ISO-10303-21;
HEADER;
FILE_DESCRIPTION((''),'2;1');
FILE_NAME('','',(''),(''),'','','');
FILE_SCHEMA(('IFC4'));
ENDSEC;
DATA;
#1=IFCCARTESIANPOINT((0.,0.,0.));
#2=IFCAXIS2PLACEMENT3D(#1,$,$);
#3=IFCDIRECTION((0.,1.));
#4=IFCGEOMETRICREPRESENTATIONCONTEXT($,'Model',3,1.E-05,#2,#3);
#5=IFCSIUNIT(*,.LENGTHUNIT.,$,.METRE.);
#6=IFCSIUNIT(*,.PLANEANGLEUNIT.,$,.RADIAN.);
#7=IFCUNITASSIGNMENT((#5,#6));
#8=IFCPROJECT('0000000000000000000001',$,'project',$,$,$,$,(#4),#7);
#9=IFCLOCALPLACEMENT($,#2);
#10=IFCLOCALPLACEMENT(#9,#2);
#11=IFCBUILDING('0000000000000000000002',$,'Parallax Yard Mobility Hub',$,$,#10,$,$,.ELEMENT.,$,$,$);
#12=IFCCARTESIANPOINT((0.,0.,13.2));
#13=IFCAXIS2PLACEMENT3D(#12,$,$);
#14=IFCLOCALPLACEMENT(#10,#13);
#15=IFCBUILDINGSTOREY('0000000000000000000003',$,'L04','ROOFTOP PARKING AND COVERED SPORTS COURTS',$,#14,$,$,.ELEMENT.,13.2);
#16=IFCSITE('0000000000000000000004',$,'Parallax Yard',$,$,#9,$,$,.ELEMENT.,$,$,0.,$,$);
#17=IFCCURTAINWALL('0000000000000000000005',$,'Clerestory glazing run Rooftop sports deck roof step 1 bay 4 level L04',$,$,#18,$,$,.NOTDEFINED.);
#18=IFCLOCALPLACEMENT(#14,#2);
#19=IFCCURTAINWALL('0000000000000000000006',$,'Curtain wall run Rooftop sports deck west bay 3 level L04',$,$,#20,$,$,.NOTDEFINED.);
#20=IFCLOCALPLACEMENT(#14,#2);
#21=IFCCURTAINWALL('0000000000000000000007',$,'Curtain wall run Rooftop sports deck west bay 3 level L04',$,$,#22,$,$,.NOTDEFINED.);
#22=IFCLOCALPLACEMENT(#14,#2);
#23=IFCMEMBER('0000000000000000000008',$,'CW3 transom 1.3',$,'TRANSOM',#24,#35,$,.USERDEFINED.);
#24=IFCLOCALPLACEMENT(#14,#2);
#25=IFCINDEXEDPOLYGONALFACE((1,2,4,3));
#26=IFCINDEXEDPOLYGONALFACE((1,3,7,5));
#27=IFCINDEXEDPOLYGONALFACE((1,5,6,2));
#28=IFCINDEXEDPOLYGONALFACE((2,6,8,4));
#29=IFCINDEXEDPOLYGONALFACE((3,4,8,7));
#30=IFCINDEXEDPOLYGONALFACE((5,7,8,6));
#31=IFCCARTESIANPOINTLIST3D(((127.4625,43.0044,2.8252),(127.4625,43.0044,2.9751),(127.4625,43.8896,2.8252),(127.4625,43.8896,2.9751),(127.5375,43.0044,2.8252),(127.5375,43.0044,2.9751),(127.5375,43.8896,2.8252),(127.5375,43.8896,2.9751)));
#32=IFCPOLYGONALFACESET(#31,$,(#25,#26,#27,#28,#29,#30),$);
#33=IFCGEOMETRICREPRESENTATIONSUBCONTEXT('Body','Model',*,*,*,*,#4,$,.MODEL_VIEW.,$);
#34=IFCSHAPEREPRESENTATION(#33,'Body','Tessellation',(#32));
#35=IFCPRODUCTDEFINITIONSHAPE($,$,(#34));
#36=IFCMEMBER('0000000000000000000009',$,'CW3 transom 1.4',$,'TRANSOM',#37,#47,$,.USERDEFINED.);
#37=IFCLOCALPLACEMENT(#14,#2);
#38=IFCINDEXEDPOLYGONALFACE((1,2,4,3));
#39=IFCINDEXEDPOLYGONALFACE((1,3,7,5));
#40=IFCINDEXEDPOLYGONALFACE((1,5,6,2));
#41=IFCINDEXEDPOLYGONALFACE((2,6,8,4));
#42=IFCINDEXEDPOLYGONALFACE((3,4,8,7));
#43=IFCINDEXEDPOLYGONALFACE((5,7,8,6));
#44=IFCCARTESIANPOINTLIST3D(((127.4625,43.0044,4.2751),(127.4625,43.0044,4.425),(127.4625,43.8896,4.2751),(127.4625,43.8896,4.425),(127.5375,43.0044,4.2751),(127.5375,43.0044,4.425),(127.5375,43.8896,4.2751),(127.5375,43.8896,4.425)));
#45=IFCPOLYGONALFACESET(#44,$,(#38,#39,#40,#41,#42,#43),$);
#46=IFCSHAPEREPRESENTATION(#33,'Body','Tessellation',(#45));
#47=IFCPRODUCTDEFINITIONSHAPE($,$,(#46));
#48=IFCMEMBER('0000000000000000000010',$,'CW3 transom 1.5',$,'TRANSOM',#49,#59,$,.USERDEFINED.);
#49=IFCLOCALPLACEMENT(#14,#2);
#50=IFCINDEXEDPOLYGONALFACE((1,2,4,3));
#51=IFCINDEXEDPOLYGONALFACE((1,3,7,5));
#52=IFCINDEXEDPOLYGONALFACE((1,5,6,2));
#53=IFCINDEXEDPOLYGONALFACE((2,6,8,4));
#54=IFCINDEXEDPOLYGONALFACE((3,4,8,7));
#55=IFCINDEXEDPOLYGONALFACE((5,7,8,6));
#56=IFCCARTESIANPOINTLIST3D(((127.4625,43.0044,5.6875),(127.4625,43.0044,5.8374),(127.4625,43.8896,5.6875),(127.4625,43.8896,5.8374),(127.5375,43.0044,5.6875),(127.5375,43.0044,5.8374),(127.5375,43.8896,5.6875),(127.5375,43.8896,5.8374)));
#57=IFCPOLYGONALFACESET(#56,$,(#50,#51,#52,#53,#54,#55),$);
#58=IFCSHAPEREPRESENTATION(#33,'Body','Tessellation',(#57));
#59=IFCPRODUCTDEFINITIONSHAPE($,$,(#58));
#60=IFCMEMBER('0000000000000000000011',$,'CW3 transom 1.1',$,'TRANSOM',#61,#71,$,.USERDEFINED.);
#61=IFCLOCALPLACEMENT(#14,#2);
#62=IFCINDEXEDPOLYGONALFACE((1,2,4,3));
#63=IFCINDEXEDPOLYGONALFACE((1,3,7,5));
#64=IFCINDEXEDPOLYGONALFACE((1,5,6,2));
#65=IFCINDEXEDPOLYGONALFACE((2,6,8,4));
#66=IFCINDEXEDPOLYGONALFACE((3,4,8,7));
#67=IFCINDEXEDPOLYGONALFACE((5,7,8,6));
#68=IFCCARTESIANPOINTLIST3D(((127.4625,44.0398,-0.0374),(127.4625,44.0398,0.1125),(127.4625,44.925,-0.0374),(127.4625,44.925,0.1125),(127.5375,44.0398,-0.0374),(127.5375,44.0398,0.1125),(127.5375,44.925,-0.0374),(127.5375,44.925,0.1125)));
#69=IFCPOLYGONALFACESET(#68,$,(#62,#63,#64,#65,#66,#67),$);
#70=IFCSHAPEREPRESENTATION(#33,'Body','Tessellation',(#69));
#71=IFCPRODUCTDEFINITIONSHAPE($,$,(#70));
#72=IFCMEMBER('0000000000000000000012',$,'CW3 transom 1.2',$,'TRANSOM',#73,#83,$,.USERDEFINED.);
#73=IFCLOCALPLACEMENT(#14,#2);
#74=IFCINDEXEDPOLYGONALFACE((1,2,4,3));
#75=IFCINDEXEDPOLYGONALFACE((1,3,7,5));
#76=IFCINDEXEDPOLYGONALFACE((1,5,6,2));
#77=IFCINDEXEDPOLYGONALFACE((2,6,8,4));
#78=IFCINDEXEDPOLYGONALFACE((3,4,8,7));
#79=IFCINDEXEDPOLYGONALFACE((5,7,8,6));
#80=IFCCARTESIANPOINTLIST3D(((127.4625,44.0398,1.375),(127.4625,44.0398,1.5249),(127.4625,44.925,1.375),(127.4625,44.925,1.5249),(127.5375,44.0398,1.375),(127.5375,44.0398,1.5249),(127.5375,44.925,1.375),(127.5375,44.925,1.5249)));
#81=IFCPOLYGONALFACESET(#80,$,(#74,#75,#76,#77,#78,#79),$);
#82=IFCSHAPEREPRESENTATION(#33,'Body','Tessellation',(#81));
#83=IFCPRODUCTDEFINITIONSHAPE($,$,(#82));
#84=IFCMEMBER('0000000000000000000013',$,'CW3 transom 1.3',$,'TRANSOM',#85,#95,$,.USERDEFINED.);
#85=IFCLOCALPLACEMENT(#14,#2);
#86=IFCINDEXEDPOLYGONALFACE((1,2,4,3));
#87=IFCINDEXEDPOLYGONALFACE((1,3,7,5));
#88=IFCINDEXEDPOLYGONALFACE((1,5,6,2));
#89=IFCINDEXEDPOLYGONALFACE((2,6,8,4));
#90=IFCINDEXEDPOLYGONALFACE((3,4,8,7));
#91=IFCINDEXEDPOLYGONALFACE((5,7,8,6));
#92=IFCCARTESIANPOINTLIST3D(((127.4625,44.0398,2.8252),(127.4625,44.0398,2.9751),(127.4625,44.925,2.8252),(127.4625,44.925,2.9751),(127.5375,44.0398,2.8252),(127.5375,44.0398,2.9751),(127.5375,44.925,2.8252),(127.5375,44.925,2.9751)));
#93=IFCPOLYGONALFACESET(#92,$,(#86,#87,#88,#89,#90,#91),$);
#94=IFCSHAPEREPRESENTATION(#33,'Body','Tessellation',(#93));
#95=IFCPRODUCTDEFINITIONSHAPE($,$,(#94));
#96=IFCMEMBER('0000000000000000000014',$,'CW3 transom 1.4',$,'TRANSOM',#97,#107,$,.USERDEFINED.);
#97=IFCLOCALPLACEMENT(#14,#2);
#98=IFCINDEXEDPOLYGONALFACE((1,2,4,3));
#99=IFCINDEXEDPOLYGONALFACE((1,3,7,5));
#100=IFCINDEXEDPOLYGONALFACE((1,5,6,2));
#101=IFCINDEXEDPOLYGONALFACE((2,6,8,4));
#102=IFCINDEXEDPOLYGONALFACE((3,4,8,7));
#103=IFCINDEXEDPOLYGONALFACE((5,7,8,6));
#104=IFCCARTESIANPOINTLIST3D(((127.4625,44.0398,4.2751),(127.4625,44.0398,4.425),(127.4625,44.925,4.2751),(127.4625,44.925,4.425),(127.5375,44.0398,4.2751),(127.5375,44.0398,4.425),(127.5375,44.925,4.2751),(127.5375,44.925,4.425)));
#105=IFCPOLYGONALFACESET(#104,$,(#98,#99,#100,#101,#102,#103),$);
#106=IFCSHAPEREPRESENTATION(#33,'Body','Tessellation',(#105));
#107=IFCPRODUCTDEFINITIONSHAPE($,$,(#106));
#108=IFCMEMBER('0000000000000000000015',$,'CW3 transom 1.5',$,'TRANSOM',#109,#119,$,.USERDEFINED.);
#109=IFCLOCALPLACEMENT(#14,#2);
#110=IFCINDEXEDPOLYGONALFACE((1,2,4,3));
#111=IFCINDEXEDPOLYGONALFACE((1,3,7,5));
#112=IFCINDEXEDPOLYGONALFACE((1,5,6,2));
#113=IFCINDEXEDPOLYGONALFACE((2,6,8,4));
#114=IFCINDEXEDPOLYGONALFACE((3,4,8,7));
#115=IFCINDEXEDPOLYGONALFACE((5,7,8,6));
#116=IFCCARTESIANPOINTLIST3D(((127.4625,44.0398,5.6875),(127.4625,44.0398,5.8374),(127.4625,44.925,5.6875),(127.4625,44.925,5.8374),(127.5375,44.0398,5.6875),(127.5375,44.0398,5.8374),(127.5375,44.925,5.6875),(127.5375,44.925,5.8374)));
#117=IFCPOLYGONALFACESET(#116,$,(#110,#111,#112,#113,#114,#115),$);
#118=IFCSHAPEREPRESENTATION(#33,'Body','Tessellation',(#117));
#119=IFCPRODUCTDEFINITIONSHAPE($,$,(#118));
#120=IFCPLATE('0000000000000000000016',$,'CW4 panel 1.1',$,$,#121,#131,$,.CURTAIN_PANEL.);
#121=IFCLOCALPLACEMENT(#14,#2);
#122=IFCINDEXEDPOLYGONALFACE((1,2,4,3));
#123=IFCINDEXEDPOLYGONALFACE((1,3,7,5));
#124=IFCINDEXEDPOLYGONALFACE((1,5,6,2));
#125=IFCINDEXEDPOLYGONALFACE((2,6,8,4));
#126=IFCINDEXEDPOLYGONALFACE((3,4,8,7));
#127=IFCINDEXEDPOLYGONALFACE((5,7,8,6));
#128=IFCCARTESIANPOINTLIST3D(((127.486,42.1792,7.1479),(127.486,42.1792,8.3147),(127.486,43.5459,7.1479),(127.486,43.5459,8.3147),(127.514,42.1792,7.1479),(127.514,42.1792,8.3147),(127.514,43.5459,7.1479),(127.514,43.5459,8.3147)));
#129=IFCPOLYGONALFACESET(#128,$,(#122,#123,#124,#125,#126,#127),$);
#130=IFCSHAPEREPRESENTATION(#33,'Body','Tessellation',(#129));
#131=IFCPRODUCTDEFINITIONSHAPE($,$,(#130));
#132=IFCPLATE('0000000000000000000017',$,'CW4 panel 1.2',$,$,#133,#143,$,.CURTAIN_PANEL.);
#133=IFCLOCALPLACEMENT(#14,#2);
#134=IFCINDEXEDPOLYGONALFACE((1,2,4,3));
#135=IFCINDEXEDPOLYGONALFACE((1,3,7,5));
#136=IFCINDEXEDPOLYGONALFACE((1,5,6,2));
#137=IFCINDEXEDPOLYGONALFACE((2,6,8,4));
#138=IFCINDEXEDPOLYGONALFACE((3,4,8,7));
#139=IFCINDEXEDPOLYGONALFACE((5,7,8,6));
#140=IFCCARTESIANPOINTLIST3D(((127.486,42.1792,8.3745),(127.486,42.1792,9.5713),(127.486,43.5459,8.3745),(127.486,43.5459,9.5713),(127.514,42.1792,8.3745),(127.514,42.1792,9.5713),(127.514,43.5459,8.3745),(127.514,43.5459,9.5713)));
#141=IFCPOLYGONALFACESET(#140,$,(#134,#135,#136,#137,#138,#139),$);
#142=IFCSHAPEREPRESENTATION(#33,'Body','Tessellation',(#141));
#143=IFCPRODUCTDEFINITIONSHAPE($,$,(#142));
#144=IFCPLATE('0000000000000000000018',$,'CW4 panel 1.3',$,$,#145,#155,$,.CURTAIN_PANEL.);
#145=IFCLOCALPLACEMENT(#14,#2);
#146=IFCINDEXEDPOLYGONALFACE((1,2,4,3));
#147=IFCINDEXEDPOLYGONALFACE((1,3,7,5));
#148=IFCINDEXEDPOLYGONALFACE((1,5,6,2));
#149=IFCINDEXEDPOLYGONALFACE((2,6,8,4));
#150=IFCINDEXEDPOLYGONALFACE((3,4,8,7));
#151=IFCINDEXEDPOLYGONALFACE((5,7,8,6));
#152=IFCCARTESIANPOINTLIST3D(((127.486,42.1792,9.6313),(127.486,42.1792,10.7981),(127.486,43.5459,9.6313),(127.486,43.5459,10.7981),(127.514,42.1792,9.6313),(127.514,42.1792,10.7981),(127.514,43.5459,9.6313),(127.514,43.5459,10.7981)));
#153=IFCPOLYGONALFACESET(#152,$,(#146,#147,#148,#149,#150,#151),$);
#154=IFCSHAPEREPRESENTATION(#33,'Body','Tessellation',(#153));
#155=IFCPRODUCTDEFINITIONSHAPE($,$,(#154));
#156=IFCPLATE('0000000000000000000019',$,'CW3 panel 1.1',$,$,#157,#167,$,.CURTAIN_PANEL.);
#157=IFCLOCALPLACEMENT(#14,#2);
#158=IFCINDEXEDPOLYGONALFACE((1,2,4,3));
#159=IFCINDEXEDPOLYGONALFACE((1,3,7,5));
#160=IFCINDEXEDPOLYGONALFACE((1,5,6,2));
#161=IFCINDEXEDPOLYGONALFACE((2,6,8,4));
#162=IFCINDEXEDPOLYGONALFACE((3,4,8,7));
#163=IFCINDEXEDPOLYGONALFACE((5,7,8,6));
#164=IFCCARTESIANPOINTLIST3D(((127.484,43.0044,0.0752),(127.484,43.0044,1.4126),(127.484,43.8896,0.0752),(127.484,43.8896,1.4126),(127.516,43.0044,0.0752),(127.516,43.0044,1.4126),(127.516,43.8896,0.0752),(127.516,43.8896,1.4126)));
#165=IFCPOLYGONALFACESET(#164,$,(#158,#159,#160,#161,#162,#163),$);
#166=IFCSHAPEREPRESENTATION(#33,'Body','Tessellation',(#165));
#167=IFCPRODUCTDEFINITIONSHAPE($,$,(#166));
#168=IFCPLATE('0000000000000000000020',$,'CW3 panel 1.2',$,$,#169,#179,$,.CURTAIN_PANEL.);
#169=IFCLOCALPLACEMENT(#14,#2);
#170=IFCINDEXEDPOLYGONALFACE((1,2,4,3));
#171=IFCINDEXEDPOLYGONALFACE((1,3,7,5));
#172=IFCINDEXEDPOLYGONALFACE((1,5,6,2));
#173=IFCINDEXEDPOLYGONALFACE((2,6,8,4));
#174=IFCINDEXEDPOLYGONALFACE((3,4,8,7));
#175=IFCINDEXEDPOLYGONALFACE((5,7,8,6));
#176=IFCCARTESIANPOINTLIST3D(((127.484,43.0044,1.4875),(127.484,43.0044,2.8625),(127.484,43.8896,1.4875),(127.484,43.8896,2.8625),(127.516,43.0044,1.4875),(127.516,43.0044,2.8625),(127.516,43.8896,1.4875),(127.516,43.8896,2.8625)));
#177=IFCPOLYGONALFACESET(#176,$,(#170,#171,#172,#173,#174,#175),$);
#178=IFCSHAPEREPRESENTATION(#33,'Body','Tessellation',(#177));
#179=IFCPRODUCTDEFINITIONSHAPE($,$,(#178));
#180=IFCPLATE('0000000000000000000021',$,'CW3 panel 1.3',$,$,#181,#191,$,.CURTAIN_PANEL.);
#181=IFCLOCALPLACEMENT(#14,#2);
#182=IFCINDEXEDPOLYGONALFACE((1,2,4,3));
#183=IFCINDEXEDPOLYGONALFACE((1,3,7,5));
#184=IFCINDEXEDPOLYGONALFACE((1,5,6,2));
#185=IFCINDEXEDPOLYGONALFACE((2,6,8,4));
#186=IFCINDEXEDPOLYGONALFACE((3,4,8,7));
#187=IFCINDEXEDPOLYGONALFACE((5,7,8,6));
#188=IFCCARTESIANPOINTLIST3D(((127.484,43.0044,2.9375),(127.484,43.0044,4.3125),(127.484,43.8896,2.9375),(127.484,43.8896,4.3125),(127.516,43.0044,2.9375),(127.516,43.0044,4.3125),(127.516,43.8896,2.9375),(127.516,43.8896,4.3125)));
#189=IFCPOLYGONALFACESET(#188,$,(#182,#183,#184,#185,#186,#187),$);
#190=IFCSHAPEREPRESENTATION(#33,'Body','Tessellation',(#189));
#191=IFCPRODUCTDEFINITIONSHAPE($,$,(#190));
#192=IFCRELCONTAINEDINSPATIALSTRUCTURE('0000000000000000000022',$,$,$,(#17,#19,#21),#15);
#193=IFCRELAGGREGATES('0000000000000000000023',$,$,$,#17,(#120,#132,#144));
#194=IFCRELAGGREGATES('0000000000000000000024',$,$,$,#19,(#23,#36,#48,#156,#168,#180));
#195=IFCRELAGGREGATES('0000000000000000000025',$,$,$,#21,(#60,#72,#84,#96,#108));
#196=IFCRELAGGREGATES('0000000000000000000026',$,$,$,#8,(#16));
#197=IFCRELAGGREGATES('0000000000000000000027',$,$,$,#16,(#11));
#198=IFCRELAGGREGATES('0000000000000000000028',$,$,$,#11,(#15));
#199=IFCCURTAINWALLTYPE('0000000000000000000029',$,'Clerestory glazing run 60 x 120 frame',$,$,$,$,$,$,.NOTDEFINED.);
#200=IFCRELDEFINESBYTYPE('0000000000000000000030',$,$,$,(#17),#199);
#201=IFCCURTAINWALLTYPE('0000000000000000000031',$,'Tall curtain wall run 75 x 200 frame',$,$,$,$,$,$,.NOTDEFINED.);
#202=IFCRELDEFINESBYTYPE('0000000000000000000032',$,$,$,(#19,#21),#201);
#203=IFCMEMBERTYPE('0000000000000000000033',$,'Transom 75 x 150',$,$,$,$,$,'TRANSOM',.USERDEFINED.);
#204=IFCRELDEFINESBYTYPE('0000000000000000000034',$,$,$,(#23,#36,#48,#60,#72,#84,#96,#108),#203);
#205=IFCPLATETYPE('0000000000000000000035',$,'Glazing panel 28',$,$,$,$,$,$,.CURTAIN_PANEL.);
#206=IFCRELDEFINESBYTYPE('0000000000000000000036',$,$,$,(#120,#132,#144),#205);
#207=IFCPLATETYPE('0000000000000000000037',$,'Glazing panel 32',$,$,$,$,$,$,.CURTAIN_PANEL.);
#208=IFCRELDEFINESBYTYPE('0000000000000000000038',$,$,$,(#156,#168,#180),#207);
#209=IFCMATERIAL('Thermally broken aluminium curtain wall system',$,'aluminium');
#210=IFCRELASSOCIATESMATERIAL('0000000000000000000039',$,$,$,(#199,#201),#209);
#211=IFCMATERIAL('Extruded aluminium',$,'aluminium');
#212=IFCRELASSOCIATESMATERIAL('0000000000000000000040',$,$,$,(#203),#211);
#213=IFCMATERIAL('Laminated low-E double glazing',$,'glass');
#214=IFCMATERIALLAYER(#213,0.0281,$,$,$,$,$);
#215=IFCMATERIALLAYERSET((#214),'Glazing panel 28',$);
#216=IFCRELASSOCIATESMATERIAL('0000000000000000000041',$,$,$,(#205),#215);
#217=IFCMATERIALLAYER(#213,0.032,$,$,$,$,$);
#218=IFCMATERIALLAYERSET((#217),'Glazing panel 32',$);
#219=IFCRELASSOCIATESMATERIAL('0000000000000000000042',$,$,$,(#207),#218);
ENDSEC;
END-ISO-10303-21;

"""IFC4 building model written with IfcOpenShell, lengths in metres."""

from ifc_helpers import new_model, si_unit, direction, frame, origin, origin_2d, place, context, subcontext, project, spatial, rectangle, extrude, material, layer, layer_set, material_profile, profile_set, type_object, element, aggregate, save


model = new_model("IFC4")

# Units and contexts
model_context = context("Model", 3, precision=1e-05, world=origin(), true_north=direction((0.0, 1.0)))
body_context = subcontext(model_context, "Body", "Model", "MODEL_VIEW")
ifc_project = project(units=[si_unit("LENGTHUNIT", "METRE"), si_unit("PLANEANGLEUNIT", "RADIAN")], contexts=[model_context])

# Site, building, storey
site_placement = place(None, origin())
site = spatial("IfcSite", under=ifc_project, at=site_placement, Name="Parallax Yard", CompositionType="ELEMENT", RefElevation=0.0)
building_placement = place(site_placement, origin())
building = spatial("IfcBuilding", under=site, at=building_placement, Name="Parallax Yard Mobility Hub", CompositionType="ELEMENT")
storey_placement = place(building_placement, frame((0.0, 0.0, 13.2)))
storey = spatial("IfcBuildingStorey", under=building, at=storey_placement, Name="L04", Description="ROOFTOP PARKING AND COVERED SPORTS COURTS", CompositionType="ELEMENT", Elevation=13.2)

# Shared definitions
ifc_material_1 = material(Name="Thermally broken aluminium curtain wall system", Category="aluminium")
curtain_wall_type_1 = type_object("IfcCurtainWallType", Name="Clerestory glazing run 60 x 120 frame", PredefinedType="NOTDEFINED", material=ifc_material_1)
ifc_material_2 = material(Name="Extruded aluminium", Category="aluminium")

# Curtain wall
curtain_wall_1_placement = place(storey_placement, origin())
curtain_wall_1 = element("IfcCurtainWall", 1, at=curtain_wall_1_placement, inside=storey, type_object=curtain_wall_type_1, Name="Clerestory glazing run Rooftop sports deck roof step 1 bay 4 level L04", PredefinedType="NOTDEFINED")

# Curtain walls
curtain_wall_type_2 = type_object("IfcCurtainWallType", Name="Tall curtain wall run 75 x 200 frame", PredefinedType="NOTDEFINED", material=ifc_material_1)
curtain_wall_2_placement = place(storey_placement, origin())
curtain_wall_2 = element("IfcCurtainWall", 2, at=curtain_wall_2_placement, inside=storey, type_object=curtain_wall_type_2, Name="Curtain wall run Rooftop sports deck west bay 3 level L04", PredefinedType="NOTDEFINED")
curtain_wall_3_placement = place(storey_placement, origin())
curtain_wall_3 = element("IfcCurtainWall", 3, at=curtain_wall_3_placement, inside=storey, type_object=curtain_wall_type_2, Name="Curtain wall run Rooftop sports deck west bay 3 level L04", PredefinedType="NOTDEFINED")

# Members
ifc_material_profile_1 = material_profile(ifc_material_2, rectangle(XDim=0.075, YDim=0.1499, at=origin_2d()), Name="Transom 75 x 150")
ifc_profile_set_1 = profile_set([ifc_material_profile_1], Name="Extruded aluminium")
member_type_1 = type_object("IfcMemberType", Name="Transom 75 x 150", ElementType="TRANSOM", PredefinedType="USERDEFINED", material=ifc_profile_set_1)
member_1_placement = place(storey_placement, frame((127.5, 43.0044, 2.9001), z_axis=(0.0, 1.0, 0.0), x_axis=(-1.0, 0.0, 0.0)))
member_1 = element("IfcMember", 4, at=member_1_placement, type_object=member_type_1, Name="CW3 transom 1.3", ObjectType="TRANSOM", PredefinedType="USERDEFINED", context=body_context, shape_type="SweptSolid", body=[
    extrude(rectangle(XDim=0.075, YDim=0.1499, at=origin_2d()), origin(), (0.0, 0.0, 1.0), 0.8853),
])
member_2_placement = place(storey_placement, frame((127.5, 43.0044, 4.3501), z_axis=(0.0, 1.0, 0.0), x_axis=(-1.0, 0.0, 0.0)))
member_2 = element("IfcMember", 5, at=member_2_placement, type_object=member_type_1, Name="CW3 transom 1.4", ObjectType="TRANSOM", PredefinedType="USERDEFINED", context=body_context, shape_type="SweptSolid", body=[
    extrude(rectangle(XDim=0.075, YDim=0.1499, at=origin_2d()), origin(), (0.0, 0.0, 1.0), 0.8853),
])
member_3_placement = place(storey_placement, frame((127.5, 43.0044, 5.7625), z_axis=(0.0, 1.0, 0.0), x_axis=(-1.0, 0.0, 0.0)))
member_3 = element("IfcMember", 6, at=member_3_placement, type_object=member_type_1, Name="CW3 transom 1.5", ObjectType="TRANSOM", PredefinedType="USERDEFINED", context=body_context, shape_type="SweptSolid", body=[
    extrude(rectangle(XDim=0.075, YDim=0.1499, at=origin_2d()), origin(), (0.0, 0.0, 1.0), 0.8853),
])
member_4_placement = place(storey_placement, frame((127.5, 44.0398, 0.0376), z_axis=(0.0, 1.0, 0.0), x_axis=(-1.0, 0.0, 0.0)))
member_4 = element("IfcMember", 7, at=member_4_placement, type_object=member_type_1, Name="CW3 transom 1.1", ObjectType="TRANSOM", PredefinedType="USERDEFINED", context=body_context, shape_type="SweptSolid", body=[
    extrude(rectangle(XDim=0.075, YDim=0.1499, at=origin_2d()), origin(), (0.0, 0.0, 1.0), 0.8853),
])
member_5_placement = place(storey_placement, frame((127.5, 44.0398, 1.45), z_axis=(0.0, 1.0, 0.0), x_axis=(-1.0, 0.0, 0.0)))
member_5 = element("IfcMember", 8, at=member_5_placement, type_object=member_type_1, Name="CW3 transom 1.2", ObjectType="TRANSOM", PredefinedType="USERDEFINED", context=body_context, shape_type="SweptSolid", body=[
    extrude(rectangle(XDim=0.075, YDim=0.1499, at=origin_2d()), origin(), (0.0, 0.0, 1.0), 0.8853),
])
member_6_placement = place(storey_placement, frame((127.5, 44.0398, 2.9001), z_axis=(0.0, 1.0, 0.0), x_axis=(-1.0, 0.0, 0.0)))
member_6 = element("IfcMember", 9, at=member_6_placement, type_object=member_type_1, Name="CW3 transom 1.3", ObjectType="TRANSOM", PredefinedType="USERDEFINED", context=body_context, shape_type="SweptSolid", body=[
    extrude(rectangle(XDim=0.075, YDim=0.1499, at=origin_2d()), origin(), (0.0, 0.0, 1.0), 0.8853),
])
member_7_placement = place(storey_placement, frame((127.5, 44.0398, 4.3501), z_axis=(0.0, 1.0, 0.0), x_axis=(-1.0, 0.0, 0.0)))
member_7 = element("IfcMember", 10, at=member_7_placement, type_object=member_type_1, Name="CW3 transom 1.4", ObjectType="TRANSOM", PredefinedType="USERDEFINED", context=body_context, shape_type="SweptSolid", body=[
    extrude(rectangle(XDim=0.075, YDim=0.1499, at=origin_2d()), origin(), (0.0, 0.0, 1.0), 0.8853),
])
member_8_placement = place(storey_placement, frame((127.5, 44.0398, 5.7625), z_axis=(0.0, 1.0, 0.0), x_axis=(-1.0, 0.0, 0.0)))
member_8 = element("IfcMember", 11, at=member_8_placement, type_object=member_type_1, Name="CW3 transom 1.5", ObjectType="TRANSOM", PredefinedType="USERDEFINED", context=body_context, shape_type="SweptSolid", body=[
    extrude(rectangle(XDim=0.075, YDim=0.1499, at=origin_2d()), origin(), (0.0, 0.0, 1.0), 0.8853),
])

# Plates
ifc_material_3 = material(Name="Laminated low-E double glazing", Category="glass")
ifc_layer_1 = layer(ifc_material_3, 0.0281)
ifc_layer_set_1 = layer_set([ifc_layer_1], Name="Glazing panel 28")
plate_type_1 = type_object("IfcPlateType", Name="Glazing panel 28", PredefinedType="CURTAIN_PANEL", material=ifc_layer_set_1)
plate_1_placement = place(storey_placement, frame((127.5, 42.8625, 7.1479), z_axis=(0.0, 0.0, 1.0), x_axis=(0.0, 1.0, 0.0)))
plate_1 = element("IfcPlate", 12, at=plate_1_placement, type_object=plate_type_1, Name="CW4 panel 1.1", PredefinedType="CURTAIN_PANEL", context=body_context, shape_type="SweptSolid", body=[
    extrude(rectangle(XDim=1.3667, YDim=0.0281, at=origin_2d()), origin(), (0.0, 0.0, 1.0), 1.1667),
])
plate_2_placement = place(storey_placement, frame((127.5, 42.8625, 8.3745), z_axis=(0.0, 0.0, 1.0), x_axis=(0.0, 1.0, 0.0)))
plate_2 = element("IfcPlate", 13, at=plate_2_placement, type_object=plate_type_1, Name="CW4 panel 1.2", PredefinedType="CURTAIN_PANEL", context=body_context, shape_type="SweptSolid", body=[
    extrude(rectangle(XDim=1.3667, YDim=0.0281, at=origin_2d()), origin(), (0.0, 0.0, 1.0), 1.1968),
])
plate_3_placement = place(storey_placement, frame((127.5, 42.8625, 9.6313), z_axis=(0.0, 0.0, 1.0), x_axis=(0.0, 1.0, 0.0)))
plate_3 = element("IfcPlate", 14, at=plate_3_placement, type_object=plate_type_1, Name="CW4 panel 1.3", PredefinedType="CURTAIN_PANEL", context=body_context, shape_type="SweptSolid", body=[
    extrude(rectangle(XDim=1.3667, YDim=0.0281, at=origin_2d()), origin(), (0.0, 0.0, 1.0), 1.1667),
])
aggregate(curtain_wall_1, [plate_1, plate_2, plate_3])
ifc_layer_2 = layer(ifc_material_3, 0.032)
ifc_layer_set_2 = layer_set([ifc_layer_2], Name="Glazing panel 32")
plate_type_2 = type_object("IfcPlateType", Name="Glazing panel 32", PredefinedType="CURTAIN_PANEL", material=ifc_layer_set_2)
plate_4_placement = place(storey_placement, frame((127.5, 43.447, 0.0752), z_axis=(0.0, 0.0, 1.0), x_axis=(0.0, 1.0, 0.0)))
plate_4 = element("IfcPlate", 15, at=plate_4_placement, type_object=plate_type_2, Name="CW3 panel 1.1", PredefinedType="CURTAIN_PANEL", context=body_context, shape_type="SweptSolid", body=[
    extrude(rectangle(XDim=0.8853, YDim=0.032, at=origin_2d()), origin(), (0.0, 0.0, 1.0), 1.3374),
])
plate_5_placement = place(storey_placement, frame((127.5, 43.447, 1.4875), z_axis=(0.0, 0.0, 1.0), x_axis=(0.0, 1.0, 0.0)))
plate_5 = element("IfcPlate", 16, at=plate_5_placement, type_object=plate_type_2, Name="CW3 panel 1.2", PredefinedType="CURTAIN_PANEL", context=body_context, shape_type="SweptSolid", body=[
    extrude(rectangle(XDim=0.8853, YDim=0.032, at=origin_2d()), origin(), (0.0, 0.0, 1.0), 1.375),
])
plate_6_placement = place(storey_placement, frame((127.5, 43.447, 2.9375), z_axis=(0.0, 0.0, 1.0), x_axis=(0.0, 1.0, 0.0)))
plate_6 = element("IfcPlate", 17, at=plate_6_placement, type_object=plate_type_2, Name="CW3 panel 1.3", PredefinedType="CURTAIN_PANEL", context=body_context, shape_type="SweptSolid", body=[
    extrude(rectangle(XDim=0.8853, YDim=0.032, at=origin_2d()), origin(), (0.0, 0.0, 1.0), 1.375),
])
aggregate(curtain_wall_2, [member_1, member_2, member_3, plate_4, plate_5, plate_6])
aggregate(curtain_wall_3, [member_4, member_5, member_6, member_7, member_8])

save(model, "model.ifc")
